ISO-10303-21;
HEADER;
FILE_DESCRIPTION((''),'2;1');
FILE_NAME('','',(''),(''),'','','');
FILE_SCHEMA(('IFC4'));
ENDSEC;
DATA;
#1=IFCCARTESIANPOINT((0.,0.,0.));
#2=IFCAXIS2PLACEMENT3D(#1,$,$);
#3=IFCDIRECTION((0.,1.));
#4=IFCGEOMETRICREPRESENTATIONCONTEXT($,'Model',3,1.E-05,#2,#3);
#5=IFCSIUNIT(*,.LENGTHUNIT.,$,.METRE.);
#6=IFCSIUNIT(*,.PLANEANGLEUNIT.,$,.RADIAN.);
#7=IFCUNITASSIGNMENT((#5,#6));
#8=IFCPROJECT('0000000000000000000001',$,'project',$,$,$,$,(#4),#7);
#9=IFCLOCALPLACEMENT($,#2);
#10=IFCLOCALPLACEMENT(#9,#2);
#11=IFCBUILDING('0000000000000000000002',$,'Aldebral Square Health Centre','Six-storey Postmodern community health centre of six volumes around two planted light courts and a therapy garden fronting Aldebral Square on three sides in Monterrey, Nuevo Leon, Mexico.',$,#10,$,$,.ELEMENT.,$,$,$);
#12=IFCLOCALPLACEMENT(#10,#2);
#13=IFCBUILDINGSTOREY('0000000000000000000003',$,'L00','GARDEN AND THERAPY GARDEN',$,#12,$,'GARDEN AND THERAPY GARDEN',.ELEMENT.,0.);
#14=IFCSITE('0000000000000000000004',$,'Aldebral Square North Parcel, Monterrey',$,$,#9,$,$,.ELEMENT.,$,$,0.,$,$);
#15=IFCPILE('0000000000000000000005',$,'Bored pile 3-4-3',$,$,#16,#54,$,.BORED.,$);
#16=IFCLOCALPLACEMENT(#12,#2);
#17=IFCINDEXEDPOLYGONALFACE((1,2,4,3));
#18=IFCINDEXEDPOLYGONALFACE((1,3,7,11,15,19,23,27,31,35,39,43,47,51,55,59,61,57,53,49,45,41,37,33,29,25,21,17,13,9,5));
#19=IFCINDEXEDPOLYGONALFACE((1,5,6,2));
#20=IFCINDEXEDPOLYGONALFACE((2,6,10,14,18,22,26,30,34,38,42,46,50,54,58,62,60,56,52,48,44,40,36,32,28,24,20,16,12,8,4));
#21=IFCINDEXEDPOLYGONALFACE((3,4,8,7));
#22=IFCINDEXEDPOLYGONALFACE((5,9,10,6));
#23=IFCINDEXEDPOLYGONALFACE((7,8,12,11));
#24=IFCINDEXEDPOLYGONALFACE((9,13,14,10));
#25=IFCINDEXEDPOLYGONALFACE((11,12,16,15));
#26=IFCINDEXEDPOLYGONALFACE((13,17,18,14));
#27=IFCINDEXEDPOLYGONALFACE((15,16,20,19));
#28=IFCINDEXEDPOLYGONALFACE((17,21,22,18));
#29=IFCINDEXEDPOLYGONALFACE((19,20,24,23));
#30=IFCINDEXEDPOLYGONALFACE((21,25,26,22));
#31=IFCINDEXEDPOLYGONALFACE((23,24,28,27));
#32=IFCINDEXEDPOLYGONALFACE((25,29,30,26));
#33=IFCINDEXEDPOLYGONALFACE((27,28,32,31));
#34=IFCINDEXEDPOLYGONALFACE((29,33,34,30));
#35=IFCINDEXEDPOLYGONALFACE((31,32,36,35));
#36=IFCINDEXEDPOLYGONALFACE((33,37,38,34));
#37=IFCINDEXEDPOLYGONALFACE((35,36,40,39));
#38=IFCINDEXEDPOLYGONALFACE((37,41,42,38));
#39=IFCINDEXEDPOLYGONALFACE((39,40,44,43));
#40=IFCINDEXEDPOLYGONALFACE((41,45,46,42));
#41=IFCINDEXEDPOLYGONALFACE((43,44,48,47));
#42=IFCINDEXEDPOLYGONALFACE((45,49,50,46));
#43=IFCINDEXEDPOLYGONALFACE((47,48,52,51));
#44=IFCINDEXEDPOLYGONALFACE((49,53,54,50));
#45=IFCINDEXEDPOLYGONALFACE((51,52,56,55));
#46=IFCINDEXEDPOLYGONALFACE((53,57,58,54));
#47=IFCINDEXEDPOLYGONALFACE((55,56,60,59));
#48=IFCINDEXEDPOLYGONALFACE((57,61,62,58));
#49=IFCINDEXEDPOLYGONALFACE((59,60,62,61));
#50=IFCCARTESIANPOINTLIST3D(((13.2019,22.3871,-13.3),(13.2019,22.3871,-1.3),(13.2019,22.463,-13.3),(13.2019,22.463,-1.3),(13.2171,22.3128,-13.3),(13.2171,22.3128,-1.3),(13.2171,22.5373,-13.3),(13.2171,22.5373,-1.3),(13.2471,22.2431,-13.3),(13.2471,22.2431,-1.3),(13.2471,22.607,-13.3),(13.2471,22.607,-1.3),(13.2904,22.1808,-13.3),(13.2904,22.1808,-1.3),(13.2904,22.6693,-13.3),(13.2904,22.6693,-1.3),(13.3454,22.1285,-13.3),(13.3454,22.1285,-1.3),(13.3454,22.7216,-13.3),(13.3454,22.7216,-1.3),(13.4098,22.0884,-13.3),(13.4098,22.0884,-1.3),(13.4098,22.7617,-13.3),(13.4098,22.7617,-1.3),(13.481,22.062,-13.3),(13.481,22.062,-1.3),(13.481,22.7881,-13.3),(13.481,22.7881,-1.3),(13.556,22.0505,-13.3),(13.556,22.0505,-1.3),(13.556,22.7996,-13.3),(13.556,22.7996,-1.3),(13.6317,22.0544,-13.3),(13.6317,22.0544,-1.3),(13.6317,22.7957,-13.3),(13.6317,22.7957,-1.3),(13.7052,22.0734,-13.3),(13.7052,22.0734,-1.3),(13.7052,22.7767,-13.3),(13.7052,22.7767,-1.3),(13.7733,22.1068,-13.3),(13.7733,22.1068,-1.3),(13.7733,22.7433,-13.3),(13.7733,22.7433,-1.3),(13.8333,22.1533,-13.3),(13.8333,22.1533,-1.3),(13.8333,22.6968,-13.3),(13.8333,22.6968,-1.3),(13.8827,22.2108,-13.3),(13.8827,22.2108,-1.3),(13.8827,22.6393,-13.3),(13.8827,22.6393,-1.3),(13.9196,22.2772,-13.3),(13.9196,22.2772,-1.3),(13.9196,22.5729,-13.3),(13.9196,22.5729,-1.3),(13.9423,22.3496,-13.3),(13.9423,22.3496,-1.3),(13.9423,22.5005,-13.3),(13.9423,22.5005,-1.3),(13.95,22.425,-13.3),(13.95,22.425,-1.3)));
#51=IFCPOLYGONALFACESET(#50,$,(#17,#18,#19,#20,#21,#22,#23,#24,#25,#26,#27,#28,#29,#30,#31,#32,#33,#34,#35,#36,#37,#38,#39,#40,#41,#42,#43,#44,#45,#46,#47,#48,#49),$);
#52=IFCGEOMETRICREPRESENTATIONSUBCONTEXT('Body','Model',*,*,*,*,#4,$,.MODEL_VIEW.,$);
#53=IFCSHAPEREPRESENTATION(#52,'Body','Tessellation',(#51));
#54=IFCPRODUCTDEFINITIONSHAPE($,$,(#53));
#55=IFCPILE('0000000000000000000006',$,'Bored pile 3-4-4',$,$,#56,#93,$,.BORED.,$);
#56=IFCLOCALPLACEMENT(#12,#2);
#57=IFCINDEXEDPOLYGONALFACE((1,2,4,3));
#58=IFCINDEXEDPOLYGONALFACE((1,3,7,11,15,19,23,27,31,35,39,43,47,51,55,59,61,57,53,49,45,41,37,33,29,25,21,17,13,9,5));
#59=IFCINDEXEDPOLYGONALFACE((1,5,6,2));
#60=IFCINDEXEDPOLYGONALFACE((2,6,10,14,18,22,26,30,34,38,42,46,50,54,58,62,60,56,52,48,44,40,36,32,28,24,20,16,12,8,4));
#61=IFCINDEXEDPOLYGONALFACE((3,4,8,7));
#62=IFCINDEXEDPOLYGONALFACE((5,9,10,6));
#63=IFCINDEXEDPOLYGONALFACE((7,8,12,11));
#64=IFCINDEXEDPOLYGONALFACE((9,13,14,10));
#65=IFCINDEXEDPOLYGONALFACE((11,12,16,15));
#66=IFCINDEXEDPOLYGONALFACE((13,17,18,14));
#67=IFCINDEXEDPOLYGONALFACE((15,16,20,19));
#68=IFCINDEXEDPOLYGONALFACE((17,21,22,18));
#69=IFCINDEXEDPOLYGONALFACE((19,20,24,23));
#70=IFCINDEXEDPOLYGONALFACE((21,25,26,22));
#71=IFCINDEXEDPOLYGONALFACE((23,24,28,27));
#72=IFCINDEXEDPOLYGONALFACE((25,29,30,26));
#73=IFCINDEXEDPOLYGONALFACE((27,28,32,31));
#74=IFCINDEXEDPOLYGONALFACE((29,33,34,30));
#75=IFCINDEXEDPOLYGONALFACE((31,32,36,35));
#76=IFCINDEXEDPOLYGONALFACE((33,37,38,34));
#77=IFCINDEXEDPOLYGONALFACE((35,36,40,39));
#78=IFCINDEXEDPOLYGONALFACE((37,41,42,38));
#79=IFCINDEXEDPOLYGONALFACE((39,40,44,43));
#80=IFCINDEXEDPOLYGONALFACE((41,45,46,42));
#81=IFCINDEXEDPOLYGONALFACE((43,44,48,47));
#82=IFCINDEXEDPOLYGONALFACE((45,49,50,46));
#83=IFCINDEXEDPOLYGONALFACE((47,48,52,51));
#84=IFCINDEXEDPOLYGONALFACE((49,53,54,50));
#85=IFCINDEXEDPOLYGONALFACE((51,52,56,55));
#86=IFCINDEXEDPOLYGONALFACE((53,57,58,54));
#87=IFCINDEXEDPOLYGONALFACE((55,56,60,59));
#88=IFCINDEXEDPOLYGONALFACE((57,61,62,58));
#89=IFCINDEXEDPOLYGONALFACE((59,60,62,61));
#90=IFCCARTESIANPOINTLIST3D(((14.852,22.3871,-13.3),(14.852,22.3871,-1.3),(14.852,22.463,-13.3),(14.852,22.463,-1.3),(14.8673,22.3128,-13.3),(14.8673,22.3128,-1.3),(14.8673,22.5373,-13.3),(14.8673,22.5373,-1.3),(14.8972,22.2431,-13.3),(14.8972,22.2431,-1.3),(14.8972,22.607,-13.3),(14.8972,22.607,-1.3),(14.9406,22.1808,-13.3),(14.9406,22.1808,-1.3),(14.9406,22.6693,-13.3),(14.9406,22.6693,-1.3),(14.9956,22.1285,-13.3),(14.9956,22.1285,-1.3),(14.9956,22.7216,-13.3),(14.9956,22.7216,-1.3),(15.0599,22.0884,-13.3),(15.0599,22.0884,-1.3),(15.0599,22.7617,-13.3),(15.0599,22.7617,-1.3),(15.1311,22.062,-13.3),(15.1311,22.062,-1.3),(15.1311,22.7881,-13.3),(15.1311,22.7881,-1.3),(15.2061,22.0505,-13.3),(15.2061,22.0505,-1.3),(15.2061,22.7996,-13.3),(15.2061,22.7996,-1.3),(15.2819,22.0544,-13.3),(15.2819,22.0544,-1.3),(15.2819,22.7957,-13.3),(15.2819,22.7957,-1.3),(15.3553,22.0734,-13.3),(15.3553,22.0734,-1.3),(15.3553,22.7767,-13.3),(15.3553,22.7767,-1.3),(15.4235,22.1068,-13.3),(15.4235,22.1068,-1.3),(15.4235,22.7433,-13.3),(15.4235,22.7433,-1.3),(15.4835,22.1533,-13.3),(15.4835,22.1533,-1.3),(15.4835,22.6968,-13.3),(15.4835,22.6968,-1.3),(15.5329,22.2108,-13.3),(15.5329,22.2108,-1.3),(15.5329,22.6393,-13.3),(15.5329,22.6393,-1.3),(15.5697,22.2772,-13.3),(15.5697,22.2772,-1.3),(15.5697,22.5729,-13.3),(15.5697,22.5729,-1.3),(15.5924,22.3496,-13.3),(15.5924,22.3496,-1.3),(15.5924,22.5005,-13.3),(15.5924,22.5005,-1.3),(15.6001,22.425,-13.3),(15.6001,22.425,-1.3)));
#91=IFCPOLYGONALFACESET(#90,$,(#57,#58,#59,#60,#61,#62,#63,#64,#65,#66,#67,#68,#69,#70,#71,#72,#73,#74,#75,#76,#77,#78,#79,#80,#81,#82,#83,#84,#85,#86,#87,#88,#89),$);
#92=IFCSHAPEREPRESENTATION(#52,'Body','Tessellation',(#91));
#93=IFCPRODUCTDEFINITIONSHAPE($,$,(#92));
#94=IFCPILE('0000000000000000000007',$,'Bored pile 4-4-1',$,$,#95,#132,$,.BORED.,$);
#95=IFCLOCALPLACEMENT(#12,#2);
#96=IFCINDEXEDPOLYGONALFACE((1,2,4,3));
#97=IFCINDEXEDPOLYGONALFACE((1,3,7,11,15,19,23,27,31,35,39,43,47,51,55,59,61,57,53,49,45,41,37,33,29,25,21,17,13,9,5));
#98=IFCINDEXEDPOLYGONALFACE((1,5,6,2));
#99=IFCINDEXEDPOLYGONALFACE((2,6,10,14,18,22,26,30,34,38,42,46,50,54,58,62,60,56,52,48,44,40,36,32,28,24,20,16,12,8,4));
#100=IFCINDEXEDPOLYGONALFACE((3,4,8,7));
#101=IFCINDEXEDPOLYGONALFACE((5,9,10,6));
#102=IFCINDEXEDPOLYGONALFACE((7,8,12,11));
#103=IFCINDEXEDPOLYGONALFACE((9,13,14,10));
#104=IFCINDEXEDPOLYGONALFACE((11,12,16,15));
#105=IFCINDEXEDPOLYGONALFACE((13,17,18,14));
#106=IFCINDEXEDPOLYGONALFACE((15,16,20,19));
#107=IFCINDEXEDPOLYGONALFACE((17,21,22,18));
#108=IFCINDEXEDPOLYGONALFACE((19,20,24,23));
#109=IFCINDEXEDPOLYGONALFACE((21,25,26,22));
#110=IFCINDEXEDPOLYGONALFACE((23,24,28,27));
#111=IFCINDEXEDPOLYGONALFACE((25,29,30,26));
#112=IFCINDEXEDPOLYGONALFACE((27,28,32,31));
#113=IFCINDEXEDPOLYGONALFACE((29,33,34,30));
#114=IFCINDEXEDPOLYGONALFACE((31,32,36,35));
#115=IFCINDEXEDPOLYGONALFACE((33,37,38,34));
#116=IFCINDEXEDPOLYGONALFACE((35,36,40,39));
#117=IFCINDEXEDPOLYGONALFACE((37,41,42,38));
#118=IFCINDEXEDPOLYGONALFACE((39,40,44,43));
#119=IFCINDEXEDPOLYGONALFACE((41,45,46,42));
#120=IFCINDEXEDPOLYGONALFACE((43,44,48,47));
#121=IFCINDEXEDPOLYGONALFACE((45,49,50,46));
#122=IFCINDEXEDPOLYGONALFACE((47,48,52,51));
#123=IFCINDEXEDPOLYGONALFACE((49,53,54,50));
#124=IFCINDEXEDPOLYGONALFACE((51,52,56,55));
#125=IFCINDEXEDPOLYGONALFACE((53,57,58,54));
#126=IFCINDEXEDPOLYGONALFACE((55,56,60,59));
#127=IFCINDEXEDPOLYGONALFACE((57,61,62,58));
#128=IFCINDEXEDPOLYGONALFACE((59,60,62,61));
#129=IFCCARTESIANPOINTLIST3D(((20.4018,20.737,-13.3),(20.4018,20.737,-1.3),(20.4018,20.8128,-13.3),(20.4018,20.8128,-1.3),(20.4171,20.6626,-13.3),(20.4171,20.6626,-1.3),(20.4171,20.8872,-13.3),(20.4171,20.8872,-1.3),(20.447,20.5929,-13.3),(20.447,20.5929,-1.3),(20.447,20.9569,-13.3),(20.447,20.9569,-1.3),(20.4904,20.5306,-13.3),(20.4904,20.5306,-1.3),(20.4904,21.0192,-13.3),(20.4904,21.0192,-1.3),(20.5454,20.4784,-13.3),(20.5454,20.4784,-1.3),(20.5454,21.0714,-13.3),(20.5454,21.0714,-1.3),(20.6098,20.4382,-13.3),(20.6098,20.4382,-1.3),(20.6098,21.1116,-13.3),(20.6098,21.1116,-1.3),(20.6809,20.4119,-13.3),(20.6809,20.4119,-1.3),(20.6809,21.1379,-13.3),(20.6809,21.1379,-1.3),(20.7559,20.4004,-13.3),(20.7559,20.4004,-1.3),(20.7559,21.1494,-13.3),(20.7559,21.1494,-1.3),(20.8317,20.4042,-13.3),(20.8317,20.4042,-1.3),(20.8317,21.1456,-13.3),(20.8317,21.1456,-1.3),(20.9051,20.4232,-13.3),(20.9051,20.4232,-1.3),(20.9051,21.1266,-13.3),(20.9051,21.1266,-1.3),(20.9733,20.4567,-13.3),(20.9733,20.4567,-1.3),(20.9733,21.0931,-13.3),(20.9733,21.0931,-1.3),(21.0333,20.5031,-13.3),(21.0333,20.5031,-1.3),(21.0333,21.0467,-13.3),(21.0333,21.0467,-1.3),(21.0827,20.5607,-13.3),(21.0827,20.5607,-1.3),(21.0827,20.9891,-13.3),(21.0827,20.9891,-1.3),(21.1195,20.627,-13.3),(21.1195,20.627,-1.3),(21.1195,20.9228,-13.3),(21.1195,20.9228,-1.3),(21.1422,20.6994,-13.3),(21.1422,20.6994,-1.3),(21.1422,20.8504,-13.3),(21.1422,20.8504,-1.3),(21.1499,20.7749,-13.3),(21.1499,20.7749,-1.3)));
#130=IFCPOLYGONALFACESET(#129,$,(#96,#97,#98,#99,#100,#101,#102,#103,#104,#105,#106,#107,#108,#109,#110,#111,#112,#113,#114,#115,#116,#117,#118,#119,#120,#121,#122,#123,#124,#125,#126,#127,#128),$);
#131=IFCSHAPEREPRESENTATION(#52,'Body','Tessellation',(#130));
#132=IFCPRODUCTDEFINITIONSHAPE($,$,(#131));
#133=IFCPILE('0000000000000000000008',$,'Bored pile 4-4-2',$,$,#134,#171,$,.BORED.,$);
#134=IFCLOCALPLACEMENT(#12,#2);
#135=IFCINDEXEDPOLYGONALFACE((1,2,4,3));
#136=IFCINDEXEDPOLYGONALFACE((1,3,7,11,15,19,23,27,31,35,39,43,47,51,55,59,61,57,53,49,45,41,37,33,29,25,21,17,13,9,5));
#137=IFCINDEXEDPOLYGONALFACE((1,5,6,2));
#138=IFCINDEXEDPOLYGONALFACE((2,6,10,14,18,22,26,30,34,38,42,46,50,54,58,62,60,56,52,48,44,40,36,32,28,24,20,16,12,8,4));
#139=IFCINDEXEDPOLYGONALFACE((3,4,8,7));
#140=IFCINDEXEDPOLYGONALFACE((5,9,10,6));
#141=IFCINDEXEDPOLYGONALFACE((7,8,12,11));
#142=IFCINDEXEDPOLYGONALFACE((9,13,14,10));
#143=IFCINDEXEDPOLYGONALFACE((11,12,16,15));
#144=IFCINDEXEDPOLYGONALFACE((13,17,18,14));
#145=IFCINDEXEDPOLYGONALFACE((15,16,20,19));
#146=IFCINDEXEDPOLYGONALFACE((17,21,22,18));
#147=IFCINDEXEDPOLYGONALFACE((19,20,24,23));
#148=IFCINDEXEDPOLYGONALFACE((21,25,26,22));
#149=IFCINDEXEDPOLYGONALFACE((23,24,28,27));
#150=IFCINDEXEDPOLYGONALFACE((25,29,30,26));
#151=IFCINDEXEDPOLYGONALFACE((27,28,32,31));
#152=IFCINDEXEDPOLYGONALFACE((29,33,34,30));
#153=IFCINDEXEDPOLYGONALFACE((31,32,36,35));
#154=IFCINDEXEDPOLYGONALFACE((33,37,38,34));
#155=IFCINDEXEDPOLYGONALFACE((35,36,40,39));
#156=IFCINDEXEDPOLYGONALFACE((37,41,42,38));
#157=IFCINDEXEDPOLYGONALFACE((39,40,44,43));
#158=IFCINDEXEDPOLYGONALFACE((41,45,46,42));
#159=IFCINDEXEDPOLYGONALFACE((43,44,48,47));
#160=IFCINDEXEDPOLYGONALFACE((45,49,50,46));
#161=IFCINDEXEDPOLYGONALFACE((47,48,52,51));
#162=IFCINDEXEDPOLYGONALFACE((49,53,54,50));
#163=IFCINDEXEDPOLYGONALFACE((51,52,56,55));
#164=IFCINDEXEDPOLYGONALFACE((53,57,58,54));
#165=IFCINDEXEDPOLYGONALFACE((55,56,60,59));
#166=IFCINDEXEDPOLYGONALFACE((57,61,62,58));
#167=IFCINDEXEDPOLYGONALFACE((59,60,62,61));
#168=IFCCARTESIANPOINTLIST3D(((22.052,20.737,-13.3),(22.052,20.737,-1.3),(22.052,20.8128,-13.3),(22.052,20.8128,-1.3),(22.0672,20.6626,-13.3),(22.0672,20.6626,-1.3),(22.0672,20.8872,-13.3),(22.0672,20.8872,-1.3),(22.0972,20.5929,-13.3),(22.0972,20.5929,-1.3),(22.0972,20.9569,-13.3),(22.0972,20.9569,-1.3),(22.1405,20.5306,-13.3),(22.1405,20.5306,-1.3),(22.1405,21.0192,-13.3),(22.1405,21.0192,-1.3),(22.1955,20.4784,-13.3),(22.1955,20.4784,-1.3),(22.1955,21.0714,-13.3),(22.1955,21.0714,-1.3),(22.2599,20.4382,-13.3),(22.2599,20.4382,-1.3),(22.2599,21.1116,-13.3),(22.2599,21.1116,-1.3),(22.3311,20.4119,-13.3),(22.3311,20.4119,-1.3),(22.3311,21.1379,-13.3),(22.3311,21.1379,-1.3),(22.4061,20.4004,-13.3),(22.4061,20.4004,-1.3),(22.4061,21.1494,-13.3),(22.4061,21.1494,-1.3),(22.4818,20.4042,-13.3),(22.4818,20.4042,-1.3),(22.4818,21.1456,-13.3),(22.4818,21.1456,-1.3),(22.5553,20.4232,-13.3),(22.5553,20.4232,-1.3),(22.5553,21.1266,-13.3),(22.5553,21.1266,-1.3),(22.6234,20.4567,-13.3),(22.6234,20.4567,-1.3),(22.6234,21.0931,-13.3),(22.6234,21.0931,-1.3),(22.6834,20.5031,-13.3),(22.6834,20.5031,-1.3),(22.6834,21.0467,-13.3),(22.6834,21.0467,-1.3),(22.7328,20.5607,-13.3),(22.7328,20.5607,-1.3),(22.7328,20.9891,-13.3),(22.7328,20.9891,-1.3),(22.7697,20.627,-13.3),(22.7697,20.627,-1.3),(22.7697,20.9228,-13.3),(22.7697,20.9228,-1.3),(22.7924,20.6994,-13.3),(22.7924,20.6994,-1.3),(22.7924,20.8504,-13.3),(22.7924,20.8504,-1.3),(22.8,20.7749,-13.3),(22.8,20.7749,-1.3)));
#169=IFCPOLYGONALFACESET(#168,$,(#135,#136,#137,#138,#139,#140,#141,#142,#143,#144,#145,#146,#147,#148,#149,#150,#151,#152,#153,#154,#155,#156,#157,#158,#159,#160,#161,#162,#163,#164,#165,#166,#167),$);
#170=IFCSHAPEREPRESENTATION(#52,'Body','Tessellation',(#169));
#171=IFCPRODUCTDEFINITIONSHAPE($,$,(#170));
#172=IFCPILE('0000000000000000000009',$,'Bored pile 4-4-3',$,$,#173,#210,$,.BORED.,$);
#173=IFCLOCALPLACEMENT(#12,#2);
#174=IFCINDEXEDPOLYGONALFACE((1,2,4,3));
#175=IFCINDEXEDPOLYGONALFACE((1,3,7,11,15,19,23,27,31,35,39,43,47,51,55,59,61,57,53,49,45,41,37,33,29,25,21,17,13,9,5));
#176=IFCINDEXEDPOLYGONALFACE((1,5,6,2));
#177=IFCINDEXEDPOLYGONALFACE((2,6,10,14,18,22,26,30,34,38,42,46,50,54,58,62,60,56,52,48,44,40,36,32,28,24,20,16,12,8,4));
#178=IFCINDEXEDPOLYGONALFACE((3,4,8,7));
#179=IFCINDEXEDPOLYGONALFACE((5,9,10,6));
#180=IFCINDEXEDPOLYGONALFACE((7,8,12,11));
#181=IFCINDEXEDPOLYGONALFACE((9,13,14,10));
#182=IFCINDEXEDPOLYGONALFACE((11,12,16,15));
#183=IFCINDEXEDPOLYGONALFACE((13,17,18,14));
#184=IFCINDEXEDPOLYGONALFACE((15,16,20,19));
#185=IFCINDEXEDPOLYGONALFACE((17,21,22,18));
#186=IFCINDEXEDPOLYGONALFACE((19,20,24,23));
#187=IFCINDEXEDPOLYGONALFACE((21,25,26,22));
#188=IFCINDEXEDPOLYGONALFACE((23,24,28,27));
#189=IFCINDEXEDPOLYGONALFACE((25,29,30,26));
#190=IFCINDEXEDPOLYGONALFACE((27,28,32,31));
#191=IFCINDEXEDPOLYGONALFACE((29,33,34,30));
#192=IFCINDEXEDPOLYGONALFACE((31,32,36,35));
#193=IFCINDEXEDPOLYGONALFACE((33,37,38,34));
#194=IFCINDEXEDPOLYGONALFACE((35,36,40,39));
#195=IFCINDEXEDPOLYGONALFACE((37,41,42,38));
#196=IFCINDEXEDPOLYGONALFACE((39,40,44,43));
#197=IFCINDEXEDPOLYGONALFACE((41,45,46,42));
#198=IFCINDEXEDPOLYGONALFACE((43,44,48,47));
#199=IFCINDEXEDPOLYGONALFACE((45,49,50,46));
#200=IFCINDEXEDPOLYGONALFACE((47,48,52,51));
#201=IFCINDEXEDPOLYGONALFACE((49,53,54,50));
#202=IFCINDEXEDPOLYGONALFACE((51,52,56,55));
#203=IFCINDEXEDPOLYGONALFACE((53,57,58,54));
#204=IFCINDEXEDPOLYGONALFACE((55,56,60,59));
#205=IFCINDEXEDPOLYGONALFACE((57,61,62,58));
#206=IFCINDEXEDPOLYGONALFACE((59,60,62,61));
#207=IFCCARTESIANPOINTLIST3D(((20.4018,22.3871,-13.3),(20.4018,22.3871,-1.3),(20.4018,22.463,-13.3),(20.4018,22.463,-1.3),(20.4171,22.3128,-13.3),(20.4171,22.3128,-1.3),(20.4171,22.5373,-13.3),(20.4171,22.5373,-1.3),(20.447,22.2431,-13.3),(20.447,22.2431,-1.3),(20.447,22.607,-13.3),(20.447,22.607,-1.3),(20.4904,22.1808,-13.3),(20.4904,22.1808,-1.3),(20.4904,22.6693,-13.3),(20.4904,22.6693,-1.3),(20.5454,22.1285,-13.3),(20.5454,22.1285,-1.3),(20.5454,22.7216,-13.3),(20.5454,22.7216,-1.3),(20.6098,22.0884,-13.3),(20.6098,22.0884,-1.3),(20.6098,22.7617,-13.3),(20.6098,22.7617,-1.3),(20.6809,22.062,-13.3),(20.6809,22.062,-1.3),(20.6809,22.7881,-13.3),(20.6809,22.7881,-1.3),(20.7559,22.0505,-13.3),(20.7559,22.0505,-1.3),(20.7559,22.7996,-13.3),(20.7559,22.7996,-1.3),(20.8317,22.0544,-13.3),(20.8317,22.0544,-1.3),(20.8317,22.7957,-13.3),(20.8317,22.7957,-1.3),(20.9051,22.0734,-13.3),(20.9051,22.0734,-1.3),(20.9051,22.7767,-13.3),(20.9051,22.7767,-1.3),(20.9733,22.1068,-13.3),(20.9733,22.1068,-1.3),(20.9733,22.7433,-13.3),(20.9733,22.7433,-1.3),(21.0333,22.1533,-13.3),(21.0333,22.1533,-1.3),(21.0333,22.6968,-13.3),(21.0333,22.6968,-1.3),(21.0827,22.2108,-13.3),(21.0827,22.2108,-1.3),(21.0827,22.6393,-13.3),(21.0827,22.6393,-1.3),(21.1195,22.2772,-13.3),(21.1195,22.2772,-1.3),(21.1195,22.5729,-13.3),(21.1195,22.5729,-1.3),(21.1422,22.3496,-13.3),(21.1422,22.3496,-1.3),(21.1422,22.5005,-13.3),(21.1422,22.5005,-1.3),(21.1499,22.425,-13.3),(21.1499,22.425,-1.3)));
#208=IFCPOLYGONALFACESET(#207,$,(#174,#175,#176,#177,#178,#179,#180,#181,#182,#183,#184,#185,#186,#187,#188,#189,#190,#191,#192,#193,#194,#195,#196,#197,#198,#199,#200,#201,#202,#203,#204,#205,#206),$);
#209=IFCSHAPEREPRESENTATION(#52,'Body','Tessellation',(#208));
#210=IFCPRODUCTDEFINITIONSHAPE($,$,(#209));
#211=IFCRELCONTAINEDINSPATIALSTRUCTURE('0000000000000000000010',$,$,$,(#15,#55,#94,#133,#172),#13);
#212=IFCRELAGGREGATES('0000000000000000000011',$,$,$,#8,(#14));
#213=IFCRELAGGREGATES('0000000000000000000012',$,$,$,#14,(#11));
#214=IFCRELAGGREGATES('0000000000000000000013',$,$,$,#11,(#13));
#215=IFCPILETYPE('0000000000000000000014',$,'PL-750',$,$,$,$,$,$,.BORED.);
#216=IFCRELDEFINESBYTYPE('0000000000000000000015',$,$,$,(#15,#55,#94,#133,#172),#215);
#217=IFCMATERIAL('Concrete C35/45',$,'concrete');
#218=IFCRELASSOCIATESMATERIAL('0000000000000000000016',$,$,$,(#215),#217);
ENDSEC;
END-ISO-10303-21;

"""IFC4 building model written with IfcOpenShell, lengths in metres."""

from ifc_helpers import new_model, si_unit, direction, frame, origin, origin_2d, place, context, subcontext, project, spatial, circle, extrude, material, material_profile, profile_set, type_object, element, save


model = new_model("IFC4")

# Units and contexts
model_context = context("Model", 3, precision=1e-05, world=origin(), true_north=direction((0.0, 1.0)))
body_context = subcontext(model_context, "Body", "Model", "MODEL_VIEW")
ifc_project = project(units=[si_unit("LENGTHUNIT", "METRE"), si_unit("PLANEANGLEUNIT", "RADIAN")], contexts=[model_context])

# Site, building, storey
site_placement = place(None, origin())
site = spatial("IfcSite", under=ifc_project, at=site_placement, Name="Aldebral Square North Parcel, Monterrey", CompositionType="ELEMENT", RefElevation=0.0)
building_placement = place(site_placement, origin())
building = spatial("IfcBuilding", under=site, at=building_placement, Name="Aldebral Square Health Centre", Description="Six-storey Postmodern community health centre of six volumes around two planted light courts and a therapy garden fronting Aldebral Square on three sides in Monterrey, Nuevo Leon, Mexico.", CompositionType="ELEMENT")
storey_placement = place(building_placement, origin())
storey = spatial("IfcBuildingStorey", under=building, at=storey_placement, Name="L00", Description="GARDEN AND THERAPY GARDEN", LongName="GARDEN AND THERAPY GARDEN", CompositionType="ELEMENT", Elevation=0.0)

# Shared definitions
ifc_material_1 = material(Name="Concrete C35/45", Category="concrete")

# Piles
ifc_material_profile_1 = material_profile(ifc_material_1, circle(Radius=0.375, at=origin_2d()), Name="PILE D750")
ifc_profile_set_1 = profile_set([ifc_material_profile_1], Name="Concrete C35/45")
pile_type_1 = type_object("IfcPileType", Name="PL-750", PredefinedType="BORED", material=ifc_profile_set_1)
for number, where, z_axis, x_axis, name in (
    (1, (13.575, 22.425, -1.3), (0.0, 0.0, -1.0), (1.0, 0.0, 0.0), "Bored pile 3-4-3"),
    (2, (15.2251, 22.425, -1.3), (0.0, 0.0, -1.0), (1.0, 0.0, 0.0), "Bored pile 3-4-4"),
    (3, (20.7749, 20.7749, -1.3), (0.0, 0.0, -1.0), (1.0, 0.0, 0.0), "Bored pile 4-4-1"),
    (4, (22.425, 20.7749, -1.3), (0.0, 0.0, -1.0), (1.0, 0.0, 0.0), "Bored pile 4-4-2"),
    (5, (20.7749, 22.425, -1.3), (0.0, 0.0, -1.0), (1.0, 0.0, 0.0), "Bored pile 4-4-3"),
):
    element("IfcPile", number, at=place(storey_placement, frame(where, z_axis=z_axis, x_axis=x_axis)), inside=storey, type_object=pile_type_1, Name=name, PredefinedType="BORED", context=body_context, shape_type="SweptSolid", body=[
        extrude(circle(Radius=0.375, at=origin_2d()), origin(), (0.0, 0.0, 1.0), 12.0),
    ])

save(model, "model.ifc")
